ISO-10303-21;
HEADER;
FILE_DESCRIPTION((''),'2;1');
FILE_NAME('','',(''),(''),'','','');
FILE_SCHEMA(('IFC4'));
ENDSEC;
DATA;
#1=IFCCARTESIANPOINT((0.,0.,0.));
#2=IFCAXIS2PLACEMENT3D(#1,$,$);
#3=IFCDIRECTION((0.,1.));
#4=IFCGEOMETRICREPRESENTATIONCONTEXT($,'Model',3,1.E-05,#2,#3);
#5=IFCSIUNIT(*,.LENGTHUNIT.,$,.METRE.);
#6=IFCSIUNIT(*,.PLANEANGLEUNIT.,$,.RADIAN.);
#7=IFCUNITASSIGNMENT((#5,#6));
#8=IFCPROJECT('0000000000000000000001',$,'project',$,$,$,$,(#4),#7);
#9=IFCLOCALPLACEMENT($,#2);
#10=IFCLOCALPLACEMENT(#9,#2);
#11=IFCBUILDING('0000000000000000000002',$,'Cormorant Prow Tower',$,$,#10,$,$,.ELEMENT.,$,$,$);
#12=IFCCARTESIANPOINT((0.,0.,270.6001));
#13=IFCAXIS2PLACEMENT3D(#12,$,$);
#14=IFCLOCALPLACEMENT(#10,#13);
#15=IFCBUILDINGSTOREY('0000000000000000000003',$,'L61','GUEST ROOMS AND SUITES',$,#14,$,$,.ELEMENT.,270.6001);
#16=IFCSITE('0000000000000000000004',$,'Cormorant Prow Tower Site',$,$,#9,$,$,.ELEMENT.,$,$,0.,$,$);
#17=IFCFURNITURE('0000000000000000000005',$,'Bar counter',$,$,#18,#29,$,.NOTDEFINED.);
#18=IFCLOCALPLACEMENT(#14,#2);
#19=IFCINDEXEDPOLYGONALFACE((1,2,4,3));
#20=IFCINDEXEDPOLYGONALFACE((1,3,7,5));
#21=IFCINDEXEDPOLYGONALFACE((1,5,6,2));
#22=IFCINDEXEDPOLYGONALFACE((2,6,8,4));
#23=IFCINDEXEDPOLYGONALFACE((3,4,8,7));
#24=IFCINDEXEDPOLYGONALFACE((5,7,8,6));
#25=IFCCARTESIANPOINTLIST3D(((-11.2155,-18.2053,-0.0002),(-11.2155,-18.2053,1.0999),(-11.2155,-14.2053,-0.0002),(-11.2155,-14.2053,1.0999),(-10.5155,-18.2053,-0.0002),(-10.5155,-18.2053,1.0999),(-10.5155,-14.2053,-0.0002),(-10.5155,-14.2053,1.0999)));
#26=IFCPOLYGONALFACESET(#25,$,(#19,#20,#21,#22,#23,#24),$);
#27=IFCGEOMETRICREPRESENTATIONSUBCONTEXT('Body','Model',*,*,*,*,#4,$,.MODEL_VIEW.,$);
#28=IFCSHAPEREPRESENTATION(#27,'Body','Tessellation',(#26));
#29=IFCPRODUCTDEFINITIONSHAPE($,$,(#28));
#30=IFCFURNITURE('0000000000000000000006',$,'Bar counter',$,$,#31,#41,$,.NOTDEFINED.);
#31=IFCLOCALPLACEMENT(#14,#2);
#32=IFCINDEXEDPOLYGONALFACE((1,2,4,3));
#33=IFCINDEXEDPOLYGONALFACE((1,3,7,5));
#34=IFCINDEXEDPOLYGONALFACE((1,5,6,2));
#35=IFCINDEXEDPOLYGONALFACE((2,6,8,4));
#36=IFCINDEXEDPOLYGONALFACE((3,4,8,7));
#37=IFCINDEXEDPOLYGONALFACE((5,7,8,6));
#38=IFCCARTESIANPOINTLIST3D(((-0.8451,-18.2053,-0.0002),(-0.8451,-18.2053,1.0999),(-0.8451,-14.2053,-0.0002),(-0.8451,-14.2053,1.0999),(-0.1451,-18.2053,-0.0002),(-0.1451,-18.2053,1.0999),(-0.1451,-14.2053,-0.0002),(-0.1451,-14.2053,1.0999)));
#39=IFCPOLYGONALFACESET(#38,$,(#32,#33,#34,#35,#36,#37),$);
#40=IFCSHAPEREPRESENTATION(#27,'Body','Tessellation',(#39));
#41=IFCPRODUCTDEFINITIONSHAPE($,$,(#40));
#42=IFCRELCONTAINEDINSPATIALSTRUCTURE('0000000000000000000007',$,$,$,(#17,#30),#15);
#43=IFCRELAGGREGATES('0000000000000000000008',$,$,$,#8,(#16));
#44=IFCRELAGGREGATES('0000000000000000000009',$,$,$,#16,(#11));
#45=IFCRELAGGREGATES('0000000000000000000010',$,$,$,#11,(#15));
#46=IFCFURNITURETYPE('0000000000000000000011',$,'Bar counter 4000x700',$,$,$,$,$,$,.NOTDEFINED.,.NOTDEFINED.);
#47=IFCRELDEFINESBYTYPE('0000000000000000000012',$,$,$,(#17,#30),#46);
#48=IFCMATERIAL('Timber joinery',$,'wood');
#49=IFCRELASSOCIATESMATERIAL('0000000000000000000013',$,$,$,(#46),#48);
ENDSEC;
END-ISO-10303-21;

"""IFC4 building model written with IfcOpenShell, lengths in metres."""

from ifc_helpers import new_model, si_unit, direction, frame, origin, origin_2d, place, context, subcontext, project, spatial, rectangle, extrude, material, type_object, element, save


model = new_model("IFC4")

# Units and contexts
model_context = context("Model", 3, precision=1e-05, world=origin(), true_north=direction((0.0, 1.0)))
body_context = subcontext(model_context, "Body", "Model", "MODEL_VIEW")
ifc_project = project(units=[si_unit("LENGTHUNIT", "METRE"), si_unit("PLANEANGLEUNIT", "RADIAN")], contexts=[model_context])

# Site, building, storey
site_placement = place(None, origin())
site = spatial("IfcSite", under=ifc_project, at=site_placement, Name="Cormorant Prow Tower Site", CompositionType="ELEMENT", RefElevation=0.0)
building_placement = place(site_placement, origin())
building = spatial("IfcBuilding", under=site, at=building_placement, Name="Cormorant Prow Tower", CompositionType="ELEMENT")
storey_placement = place(building_placement, frame((0.0, 0.0, 270.6001)))
storey = spatial("IfcBuildingStorey", under=building, at=storey_placement, Name="L61", Description="GUEST ROOMS AND SUITES", CompositionType="ELEMENT", Elevation=270.6001)

# Furniture
ifc_material_1 = material(Name="Timber joinery", Category="wood")
furniture_type_1 = type_object("IfcFurnitureType", Name="Bar counter 4000x700", AssemblyPlace="NOTDEFINED", PredefinedType="NOTDEFINED", material=ifc_material_1)
for number, where, z_axis, x_axis, name in (
    (1, (-10.8655, -16.2053, -0.0002), (0.0, 0.0, 1.0), (0.0, -1.0, 0.0), "Bar counter"),
    (2, (-0.4951, -16.2053, -0.0002), (0.0, 0.0, 1.0), (0.0, -1.0, 0.0), "Bar counter"),
):
    element("IfcFurniture", number, at=place(storey_placement, frame(where, z_axis=z_axis, x_axis=x_axis)), inside=storey, type_object=furniture_type_1, Name=name, PredefinedType="NOTDEFINED", context=body_context, shape_type="SweptSolid", body=[
        extrude(rectangle(XDim=4.0, YDim=0.7, at=origin_2d()), origin(), (0.0, 0.0, 1.0), 1.1001),
    ])

save(model, "model.ifc")
